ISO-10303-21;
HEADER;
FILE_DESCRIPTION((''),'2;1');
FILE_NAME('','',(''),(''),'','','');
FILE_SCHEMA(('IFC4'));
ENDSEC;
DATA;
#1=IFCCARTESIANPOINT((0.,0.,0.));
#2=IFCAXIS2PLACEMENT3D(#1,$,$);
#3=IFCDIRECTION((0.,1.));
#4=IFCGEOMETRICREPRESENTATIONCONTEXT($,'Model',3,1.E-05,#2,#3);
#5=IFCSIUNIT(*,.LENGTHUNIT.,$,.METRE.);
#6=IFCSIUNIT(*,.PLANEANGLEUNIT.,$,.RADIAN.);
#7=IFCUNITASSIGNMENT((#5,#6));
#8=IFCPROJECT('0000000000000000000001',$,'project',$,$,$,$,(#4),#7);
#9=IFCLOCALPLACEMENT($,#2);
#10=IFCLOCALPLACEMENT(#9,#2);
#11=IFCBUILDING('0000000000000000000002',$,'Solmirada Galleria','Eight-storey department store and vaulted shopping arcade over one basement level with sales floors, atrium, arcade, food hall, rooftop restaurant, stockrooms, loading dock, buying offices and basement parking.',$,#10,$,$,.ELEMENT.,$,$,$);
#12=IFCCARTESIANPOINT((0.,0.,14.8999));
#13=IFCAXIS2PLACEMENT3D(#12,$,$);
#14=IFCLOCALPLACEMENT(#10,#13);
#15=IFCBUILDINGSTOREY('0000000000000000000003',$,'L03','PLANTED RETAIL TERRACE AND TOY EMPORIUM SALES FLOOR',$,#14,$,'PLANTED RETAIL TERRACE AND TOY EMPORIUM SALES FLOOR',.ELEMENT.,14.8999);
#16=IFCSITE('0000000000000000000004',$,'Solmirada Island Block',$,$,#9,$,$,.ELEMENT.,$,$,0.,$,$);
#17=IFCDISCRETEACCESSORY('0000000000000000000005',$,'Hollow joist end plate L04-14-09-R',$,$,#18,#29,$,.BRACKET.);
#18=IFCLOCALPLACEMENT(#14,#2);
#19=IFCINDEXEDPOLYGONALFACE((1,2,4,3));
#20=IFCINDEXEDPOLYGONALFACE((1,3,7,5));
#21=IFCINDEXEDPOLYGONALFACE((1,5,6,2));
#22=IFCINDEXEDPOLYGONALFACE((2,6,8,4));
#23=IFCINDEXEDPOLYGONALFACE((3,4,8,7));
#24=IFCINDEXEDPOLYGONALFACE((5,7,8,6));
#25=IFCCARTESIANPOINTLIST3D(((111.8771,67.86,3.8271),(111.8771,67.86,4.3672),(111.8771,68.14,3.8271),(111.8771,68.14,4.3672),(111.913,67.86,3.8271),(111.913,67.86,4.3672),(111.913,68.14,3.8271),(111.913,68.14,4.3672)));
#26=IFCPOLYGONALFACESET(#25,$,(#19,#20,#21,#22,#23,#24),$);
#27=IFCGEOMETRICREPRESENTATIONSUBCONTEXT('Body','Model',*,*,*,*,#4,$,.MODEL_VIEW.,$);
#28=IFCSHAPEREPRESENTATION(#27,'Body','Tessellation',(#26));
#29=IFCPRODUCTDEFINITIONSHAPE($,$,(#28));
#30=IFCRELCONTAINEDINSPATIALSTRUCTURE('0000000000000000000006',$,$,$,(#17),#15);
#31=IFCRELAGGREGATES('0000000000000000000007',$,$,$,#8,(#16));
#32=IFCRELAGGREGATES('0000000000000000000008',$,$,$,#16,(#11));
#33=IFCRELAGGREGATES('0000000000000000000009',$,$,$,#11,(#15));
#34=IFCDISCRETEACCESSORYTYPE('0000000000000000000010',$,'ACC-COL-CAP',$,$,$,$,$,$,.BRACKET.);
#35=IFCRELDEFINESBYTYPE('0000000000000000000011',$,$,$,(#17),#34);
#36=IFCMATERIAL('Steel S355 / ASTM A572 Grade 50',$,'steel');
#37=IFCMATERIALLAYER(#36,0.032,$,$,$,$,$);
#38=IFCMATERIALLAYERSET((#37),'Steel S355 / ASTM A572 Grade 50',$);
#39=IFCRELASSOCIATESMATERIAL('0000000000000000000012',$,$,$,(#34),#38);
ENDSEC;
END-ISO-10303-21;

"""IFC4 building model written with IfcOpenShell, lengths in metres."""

from ifc_helpers import new_model, si_unit, direction, frame, origin, origin_2d, place, context, subcontext, project, spatial, rectangle, extrude, material, layer, layer_set, type_object, element, save


model = new_model("IFC4")

# Units and contexts
model_context = context("Model", 3, precision=1e-05, world=origin(), true_north=direction((0.0, 1.0)))
body_context = subcontext(model_context, "Body", "Model", "MODEL_VIEW")
ifc_project = project(units=[si_unit("LENGTHUNIT", "METRE"), si_unit("PLANEANGLEUNIT", "RADIAN")], contexts=[model_context])

# Site, building, storey
site_placement = place(None, origin())
site = spatial("IfcSite", under=ifc_project, at=site_placement, Name="Solmirada Island Block", CompositionType="ELEMENT", RefElevation=0.0)
building_placement = place(site_placement, origin())
building = spatial("IfcBuilding", under=site, at=building_placement, Name="Solmirada Galleria", Description="Eight-storey department store and vaulted shopping arcade over one basement level with sales floors, atrium, arcade, food hall, rooftop restaurant, stockrooms, loading dock, buying offices and basement parking.", CompositionType="ELEMENT")
storey_placement = place(building_placement, frame((0.0, 0.0, 14.8999)))
storey = spatial("IfcBuildingStorey", under=building, at=storey_placement, Name="L03", Description="PLANTED RETAIL TERRACE AND TOY EMPORIUM SALES FLOOR", LongName="PLANTED RETAIL TERRACE AND TOY EMPORIUM SALES FLOOR", CompositionType="ELEMENT", Elevation=14.8999)

# Discrete accessory
ifc_material_1 = material(Name="Steel S355 / ASTM A572 Grade 50", Category="steel")
ifc_layer_1 = layer(ifc_material_1, 0.032)
ifc_layer_set_1 = layer_set([ifc_layer_1], Name="Steel S355 / ASTM A572 Grade 50")
discrete_accessory_type = type_object("IfcDiscreteAccessoryType", Name="ACC-COL-CAP", PredefinedType="BRACKET", material=ifc_layer_set_1)
for number, where, z_axis, x_axis, name in (
    (1, (111.895, 68.0, 3.8271), (0.0, 0.0, 1.0), (1.0, 0.0, 0.0), "Hollow joist end plate L04-14-09-R"),
):
    element("IfcDiscreteAccessory", number, at=place(storey_placement, frame(where, z_axis=z_axis, x_axis=x_axis)), inside=storey, type_object=discrete_accessory_type, Name=name, PredefinedType="BRACKET", context=body_context, shape_type="SweptSolid", body=[
        extrude(rectangle(XDim=0.0359, YDim=0.28, at=origin_2d()), origin(), (0.0, 0.0, 1.0), 0.54),
    ])

save(model, "model.ifc")
